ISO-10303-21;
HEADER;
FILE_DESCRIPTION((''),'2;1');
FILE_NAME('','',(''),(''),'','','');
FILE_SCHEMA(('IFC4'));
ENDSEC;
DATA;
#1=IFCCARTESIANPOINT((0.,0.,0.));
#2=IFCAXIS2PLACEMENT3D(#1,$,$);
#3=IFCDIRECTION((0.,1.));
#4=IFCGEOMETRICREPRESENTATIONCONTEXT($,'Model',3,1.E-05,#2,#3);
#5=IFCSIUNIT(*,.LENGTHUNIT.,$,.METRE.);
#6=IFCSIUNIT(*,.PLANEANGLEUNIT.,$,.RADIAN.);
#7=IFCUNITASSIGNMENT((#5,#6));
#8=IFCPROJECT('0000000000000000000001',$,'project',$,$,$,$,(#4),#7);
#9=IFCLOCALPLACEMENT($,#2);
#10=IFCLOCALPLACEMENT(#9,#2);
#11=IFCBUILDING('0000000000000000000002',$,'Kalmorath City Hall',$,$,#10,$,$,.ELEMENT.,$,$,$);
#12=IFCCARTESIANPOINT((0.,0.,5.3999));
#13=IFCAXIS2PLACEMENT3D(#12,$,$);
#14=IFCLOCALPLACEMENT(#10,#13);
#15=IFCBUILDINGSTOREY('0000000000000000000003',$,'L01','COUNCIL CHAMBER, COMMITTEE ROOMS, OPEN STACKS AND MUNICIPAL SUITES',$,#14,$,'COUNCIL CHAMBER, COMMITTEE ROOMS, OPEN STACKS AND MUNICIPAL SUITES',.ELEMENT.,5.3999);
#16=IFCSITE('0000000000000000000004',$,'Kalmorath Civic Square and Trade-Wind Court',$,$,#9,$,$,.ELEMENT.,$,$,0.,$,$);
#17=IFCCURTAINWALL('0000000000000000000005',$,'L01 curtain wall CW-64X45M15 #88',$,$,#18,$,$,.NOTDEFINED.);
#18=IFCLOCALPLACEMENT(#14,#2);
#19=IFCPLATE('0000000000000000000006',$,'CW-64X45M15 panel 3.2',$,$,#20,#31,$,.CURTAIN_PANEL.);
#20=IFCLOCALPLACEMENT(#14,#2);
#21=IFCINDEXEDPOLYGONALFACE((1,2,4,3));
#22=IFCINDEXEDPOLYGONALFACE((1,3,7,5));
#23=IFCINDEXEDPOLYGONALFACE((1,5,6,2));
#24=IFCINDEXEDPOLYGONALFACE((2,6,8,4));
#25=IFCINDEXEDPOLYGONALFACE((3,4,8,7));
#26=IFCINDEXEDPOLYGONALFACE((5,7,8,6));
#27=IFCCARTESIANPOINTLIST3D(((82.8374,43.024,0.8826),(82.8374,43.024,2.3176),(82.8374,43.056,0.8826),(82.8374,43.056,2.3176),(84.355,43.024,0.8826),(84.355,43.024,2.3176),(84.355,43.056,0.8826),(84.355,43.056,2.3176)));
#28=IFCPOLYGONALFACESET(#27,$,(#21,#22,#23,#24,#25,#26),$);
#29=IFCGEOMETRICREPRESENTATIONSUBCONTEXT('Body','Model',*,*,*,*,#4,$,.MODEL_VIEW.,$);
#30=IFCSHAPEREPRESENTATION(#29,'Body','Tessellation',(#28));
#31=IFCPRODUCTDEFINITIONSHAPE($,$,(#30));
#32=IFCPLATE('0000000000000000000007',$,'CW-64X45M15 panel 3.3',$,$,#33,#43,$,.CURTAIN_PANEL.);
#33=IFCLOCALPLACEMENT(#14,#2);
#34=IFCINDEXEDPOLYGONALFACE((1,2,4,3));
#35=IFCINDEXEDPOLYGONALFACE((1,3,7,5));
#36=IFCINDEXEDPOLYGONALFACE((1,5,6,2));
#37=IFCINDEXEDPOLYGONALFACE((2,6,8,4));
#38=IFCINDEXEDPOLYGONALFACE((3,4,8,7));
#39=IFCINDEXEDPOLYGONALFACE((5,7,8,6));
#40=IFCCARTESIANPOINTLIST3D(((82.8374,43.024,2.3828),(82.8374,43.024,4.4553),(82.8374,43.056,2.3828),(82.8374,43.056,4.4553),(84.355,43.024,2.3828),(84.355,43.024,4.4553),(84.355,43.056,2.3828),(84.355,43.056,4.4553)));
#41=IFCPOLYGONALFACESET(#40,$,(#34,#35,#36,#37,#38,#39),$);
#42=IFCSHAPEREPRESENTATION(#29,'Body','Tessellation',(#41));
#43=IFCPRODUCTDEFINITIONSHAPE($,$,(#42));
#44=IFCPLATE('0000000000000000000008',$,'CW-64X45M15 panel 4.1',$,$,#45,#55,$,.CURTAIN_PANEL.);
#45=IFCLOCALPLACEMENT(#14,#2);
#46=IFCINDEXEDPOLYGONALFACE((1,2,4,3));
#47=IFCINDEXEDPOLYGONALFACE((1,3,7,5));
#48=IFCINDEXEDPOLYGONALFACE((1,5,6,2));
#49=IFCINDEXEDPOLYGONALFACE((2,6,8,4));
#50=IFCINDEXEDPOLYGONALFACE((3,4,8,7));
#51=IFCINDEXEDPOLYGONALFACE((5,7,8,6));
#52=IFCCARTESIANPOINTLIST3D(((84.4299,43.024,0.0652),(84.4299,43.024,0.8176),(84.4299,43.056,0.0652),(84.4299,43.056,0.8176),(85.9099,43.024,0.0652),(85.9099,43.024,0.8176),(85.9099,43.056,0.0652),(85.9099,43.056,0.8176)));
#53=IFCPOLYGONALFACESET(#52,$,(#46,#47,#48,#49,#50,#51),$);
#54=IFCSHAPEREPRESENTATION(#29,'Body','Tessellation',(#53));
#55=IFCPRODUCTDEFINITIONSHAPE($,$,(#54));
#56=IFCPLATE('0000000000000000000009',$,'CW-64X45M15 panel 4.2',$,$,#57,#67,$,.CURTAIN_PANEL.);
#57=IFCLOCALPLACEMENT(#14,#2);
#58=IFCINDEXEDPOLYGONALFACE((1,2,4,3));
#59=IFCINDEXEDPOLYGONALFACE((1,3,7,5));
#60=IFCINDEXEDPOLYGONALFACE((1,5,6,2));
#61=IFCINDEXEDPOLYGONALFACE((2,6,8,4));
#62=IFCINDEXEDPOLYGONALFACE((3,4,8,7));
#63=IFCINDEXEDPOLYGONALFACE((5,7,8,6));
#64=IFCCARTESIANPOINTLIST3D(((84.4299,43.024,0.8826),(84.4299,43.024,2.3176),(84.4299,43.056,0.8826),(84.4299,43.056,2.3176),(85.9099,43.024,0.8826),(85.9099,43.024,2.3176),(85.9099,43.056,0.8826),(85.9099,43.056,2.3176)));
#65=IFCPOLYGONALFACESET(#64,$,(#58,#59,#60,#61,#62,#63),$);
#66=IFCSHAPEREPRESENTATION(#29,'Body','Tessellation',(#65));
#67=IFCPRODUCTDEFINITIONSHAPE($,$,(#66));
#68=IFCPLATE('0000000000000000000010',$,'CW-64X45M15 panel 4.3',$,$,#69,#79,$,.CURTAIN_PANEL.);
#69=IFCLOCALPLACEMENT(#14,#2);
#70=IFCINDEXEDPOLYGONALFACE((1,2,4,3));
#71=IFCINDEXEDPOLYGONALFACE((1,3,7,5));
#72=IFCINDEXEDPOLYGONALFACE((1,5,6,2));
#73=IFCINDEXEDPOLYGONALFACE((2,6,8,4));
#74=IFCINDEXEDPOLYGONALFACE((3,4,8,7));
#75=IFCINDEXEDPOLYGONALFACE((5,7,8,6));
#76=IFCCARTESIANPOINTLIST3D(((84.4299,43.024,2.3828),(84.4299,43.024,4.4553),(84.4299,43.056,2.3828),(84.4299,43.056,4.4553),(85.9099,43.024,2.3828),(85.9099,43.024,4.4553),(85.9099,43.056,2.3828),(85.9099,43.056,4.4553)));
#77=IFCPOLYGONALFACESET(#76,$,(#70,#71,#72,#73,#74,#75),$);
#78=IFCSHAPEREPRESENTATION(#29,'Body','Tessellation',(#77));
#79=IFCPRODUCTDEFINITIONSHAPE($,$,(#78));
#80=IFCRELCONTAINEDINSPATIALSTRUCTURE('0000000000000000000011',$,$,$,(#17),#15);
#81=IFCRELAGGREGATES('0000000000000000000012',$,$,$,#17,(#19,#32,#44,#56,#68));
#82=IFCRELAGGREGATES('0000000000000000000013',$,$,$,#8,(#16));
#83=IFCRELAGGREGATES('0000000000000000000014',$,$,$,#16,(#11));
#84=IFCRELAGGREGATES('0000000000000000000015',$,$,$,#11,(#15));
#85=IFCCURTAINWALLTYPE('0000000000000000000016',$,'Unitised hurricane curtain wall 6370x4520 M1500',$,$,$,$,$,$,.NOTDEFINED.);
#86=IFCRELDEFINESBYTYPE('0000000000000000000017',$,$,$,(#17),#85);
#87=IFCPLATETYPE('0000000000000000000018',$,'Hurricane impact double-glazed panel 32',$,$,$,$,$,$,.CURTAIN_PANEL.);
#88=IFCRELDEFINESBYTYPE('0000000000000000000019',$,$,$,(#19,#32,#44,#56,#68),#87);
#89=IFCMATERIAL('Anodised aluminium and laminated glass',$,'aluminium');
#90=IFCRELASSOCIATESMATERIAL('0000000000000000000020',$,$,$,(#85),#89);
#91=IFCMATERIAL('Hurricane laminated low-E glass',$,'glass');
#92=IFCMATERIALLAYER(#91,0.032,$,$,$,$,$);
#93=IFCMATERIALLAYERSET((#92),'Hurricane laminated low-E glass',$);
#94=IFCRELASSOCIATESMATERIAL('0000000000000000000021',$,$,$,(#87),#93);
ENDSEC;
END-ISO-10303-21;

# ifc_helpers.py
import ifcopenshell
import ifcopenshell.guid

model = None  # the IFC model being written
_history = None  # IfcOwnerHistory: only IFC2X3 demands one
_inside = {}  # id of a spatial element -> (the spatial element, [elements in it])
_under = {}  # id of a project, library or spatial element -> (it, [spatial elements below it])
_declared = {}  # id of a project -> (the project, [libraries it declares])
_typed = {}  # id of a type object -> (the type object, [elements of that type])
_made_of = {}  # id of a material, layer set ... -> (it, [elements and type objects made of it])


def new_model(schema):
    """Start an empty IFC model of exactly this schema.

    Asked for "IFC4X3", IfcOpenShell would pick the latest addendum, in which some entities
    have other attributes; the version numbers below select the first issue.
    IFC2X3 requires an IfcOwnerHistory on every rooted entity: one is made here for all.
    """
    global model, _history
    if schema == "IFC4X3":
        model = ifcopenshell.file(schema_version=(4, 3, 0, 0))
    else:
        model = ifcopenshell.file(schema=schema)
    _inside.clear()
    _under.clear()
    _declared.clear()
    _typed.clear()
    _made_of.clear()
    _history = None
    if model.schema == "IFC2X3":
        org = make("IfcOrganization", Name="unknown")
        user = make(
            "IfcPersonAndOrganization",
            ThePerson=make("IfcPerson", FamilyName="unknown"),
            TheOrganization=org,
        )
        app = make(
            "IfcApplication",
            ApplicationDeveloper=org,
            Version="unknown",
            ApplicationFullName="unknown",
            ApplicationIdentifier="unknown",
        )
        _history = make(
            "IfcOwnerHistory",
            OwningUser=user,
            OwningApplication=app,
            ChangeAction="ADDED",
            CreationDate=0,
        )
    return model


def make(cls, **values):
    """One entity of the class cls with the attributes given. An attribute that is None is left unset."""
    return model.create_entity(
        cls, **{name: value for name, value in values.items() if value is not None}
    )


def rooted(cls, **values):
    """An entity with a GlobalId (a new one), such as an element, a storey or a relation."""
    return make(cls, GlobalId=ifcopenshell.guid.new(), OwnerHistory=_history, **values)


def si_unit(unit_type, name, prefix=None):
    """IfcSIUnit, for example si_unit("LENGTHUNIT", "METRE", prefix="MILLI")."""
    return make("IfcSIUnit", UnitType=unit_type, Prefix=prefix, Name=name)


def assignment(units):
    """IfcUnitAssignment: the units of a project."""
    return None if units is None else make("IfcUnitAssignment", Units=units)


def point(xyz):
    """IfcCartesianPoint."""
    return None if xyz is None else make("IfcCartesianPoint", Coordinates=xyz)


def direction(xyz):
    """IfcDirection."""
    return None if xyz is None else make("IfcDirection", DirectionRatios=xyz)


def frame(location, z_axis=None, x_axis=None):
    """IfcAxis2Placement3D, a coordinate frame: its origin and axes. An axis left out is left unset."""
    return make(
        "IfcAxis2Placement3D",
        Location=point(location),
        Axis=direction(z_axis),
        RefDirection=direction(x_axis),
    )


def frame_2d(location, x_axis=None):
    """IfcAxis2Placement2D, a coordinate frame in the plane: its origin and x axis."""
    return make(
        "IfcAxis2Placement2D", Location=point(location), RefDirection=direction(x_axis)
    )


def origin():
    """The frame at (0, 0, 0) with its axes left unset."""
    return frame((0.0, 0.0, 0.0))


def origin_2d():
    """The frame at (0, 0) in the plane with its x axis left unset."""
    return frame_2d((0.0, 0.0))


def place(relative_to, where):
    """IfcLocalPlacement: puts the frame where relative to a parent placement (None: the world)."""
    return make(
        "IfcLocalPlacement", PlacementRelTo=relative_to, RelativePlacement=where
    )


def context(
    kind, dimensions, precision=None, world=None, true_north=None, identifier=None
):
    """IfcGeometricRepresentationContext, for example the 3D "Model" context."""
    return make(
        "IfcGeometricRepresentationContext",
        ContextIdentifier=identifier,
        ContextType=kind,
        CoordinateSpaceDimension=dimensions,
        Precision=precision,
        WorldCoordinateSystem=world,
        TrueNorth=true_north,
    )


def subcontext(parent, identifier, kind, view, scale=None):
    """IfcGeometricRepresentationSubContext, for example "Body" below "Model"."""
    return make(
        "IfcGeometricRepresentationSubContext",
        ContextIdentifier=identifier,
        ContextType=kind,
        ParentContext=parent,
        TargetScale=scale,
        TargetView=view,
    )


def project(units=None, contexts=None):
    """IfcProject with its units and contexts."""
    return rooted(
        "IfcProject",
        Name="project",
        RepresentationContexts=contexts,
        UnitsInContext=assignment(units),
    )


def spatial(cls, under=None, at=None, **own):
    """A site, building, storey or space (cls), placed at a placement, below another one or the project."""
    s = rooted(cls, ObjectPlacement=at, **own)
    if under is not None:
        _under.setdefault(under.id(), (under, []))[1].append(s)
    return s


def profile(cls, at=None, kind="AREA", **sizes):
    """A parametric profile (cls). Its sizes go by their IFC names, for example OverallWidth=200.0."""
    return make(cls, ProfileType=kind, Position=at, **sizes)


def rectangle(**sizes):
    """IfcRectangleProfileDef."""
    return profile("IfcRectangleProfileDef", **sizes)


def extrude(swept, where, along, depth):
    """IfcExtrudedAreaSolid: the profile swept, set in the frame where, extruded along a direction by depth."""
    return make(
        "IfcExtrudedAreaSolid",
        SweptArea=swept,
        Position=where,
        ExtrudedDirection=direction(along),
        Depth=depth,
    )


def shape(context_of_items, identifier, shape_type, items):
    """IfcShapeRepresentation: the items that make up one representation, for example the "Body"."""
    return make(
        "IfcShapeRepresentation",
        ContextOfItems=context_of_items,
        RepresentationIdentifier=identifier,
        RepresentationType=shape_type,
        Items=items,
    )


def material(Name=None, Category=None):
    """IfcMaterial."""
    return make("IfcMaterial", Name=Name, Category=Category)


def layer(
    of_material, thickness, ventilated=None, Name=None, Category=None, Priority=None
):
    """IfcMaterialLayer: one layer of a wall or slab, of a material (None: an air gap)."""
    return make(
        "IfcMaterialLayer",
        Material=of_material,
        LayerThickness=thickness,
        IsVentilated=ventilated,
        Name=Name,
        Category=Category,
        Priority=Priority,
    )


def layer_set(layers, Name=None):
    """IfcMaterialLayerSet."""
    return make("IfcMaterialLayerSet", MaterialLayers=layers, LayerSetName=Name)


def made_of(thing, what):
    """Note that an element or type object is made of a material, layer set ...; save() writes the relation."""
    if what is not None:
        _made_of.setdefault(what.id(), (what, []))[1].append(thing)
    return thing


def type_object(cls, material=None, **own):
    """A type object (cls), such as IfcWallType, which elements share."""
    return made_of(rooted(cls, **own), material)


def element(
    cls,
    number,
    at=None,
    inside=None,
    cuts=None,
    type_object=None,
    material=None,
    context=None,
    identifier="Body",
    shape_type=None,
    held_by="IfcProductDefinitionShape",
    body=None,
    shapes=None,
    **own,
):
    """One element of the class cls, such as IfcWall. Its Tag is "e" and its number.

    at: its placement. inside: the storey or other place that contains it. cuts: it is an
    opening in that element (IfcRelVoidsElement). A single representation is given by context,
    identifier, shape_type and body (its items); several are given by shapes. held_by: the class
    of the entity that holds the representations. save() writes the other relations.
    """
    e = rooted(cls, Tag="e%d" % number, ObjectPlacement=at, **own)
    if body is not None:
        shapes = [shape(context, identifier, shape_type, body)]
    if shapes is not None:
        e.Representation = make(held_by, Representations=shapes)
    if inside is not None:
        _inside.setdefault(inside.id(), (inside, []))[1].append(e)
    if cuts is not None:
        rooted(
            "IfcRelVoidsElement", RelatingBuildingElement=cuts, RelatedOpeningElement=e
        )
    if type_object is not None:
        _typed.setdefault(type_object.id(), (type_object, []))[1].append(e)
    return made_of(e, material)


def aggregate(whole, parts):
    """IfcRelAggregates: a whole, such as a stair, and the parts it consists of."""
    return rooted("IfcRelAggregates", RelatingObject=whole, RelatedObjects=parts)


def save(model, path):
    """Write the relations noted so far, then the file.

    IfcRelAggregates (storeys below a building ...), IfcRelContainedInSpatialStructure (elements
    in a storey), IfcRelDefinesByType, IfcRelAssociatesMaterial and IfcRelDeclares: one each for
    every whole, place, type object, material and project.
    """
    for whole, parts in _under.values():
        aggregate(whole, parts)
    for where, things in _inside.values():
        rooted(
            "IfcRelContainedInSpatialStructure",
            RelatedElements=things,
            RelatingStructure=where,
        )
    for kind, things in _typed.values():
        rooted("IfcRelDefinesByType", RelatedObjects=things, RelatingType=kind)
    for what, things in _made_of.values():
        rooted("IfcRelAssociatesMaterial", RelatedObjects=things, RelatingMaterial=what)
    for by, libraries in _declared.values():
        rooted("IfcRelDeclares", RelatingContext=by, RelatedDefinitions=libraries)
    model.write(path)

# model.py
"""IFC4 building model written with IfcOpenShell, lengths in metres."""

from ifc_helpers import new_model, si_unit, direction, frame, origin, origin_2d, place, context, subcontext, project, spatial, rectangle, extrude, material, layer, layer_set, type_object, element, aggregate, save


model = new_model("IFC4")

# Units and contexts
model_context = context("Model", 3, precision=1e-05, world=origin(), true_north=direction((0.0, 1.0)))
body_context = subcontext(model_context, "Body", "Model", "MODEL_VIEW")
ifc_project = project(units=[si_unit("LENGTHUNIT", "METRE"), si_unit("PLANEANGLEUNIT", "RADIAN")], contexts=[model_context])

# Site, building, storey
site_placement = place(None, origin())
site = spatial("IfcSite", under=ifc_project, at=site_placement, Name="Kalmorath Civic Square and Trade-Wind Court", CompositionType="ELEMENT", RefElevation=0.0)
building_placement = place(site_placement, origin())
building = spatial("IfcBuilding", under=site, at=building_placement, Name="Kalmorath City Hall", CompositionType="ELEMENT")
storey_placement = place(building_placement, frame((0.0, 0.0, 5.3999)))
storey = spatial("IfcBuildingStorey", under=building, at=storey_placement, Name="L01", Description="COUNCIL CHAMBER, COMMITTEE ROOMS, OPEN STACKS AND MUNICIPAL SUITES", LongName="COUNCIL CHAMBER, COMMITTEE ROOMS, OPEN STACKS AND MUNICIPAL SUITES", CompositionType="ELEMENT", Elevation=5.3999)

# Curtain wall
ifc_material_1 = material(Name="Anodised aluminium and laminated glass", Category="aluminium")
curtain_wall_type_1 = type_object("IfcCurtainWallType", Name="Unitised hurricane curtain wall 6370x4520 M1500", PredefinedType="NOTDEFINED", material=ifc_material_1)
curtain_wall_1_placement = place(storey_placement, origin())
curtain_wall_1 = element("IfcCurtainWall", 1, at=curtain_wall_1_placement, inside=storey, type_object=curtain_wall_type_1, Name="L01 curtain wall CW-64X45M15 #88", PredefinedType="NOTDEFINED")

# Plates
ifc_material_2 = material(Name="Hurricane laminated low-E glass", Category="glass")
ifc_layer = layer(ifc_material_2, 0.032)
ifc_layer_set = layer_set([ifc_layer], Name="Hurricane laminated low-E glass")
plate_type = type_object("IfcPlateType", Name="Hurricane impact double-glazed panel 32", PredefinedType="CURTAIN_PANEL", material=ifc_layer_set)
plate_1_placement = place(storey_placement, frame((83.5962, 43.04, 0.8826), z_axis=(0.0, 0.0, 1.0), x_axis=(1.0, 0.0, 0.0)))
plate_1 = element("IfcPlate", 2, at=plate_1_placement, type_object=plate_type, Name="CW-64X45M15 panel 3.2", PredefinedType="CURTAIN_PANEL", context=body_context, shape_type="SweptSolid", body=[
    extrude(rectangle(XDim=1.5176, YDim=0.032, at=origin_2d()), origin(), (0.0, 0.0, 1.0), 1.4351),
])
plate_2_placement = place(storey_placement, frame((83.5962, 43.04, 2.3828), z_axis=(0.0, 0.0, 1.0), x_axis=(1.0, 0.0, 0.0)))
plate_2 = element("IfcPlate", 3, at=plate_2_placement, type_object=plate_type, Name="CW-64X45M15 panel 3.3", PredefinedType="CURTAIN_PANEL", context=body_context, shape_type="SweptSolid", body=[
    extrude(rectangle(XDim=1.5176, YDim=0.032, at=origin_2d()), origin(), (0.0, 0.0, 1.0), 2.0725),
])
plate_3_placement = place(storey_placement, frame((85.1699, 43.04, 0.0652), z_axis=(0.0, 0.0, 1.0), x_axis=(1.0, 0.0, 0.0)))
plate_3 = element("IfcPlate", 4, at=plate_3_placement, type_object=plate_type, Name="CW-64X45M15 panel 4.1", PredefinedType="CURTAIN_PANEL", context=body_context, shape_type="SweptSolid", body=[
    extrude(rectangle(XDim=1.48, YDim=0.032, at=origin_2d()), origin(), (0.0, 0.0, 1.0), 0.7524),
])
plate_4_placement = place(storey_placement, frame((85.1699, 43.04, 0.8826), z_axis=(0.0, 0.0, 1.0), x_axis=(1.0, 0.0, 0.0)))
plate_4 = element("IfcPlate", 5, at=plate_4_placement, type_object=plate_type, Name="CW-64X45M15 panel 4.2", PredefinedType="CURTAIN_PANEL", context=body_context, shape_type="SweptSolid", body=[
    extrude(rectangle(XDim=1.48, YDim=0.032, at=origin_2d()), origin(), (0.0, 0.0, 1.0), 1.4351),
])
plate_5_placement = place(storey_placement, frame((85.1699, 43.04, 2.3828), z_axis=(0.0, 0.0, 1.0), x_axis=(1.0, 0.0, 0.0)))
plate_5 = element("IfcPlate", 6, at=plate_5_placement, type_object=plate_type, Name="CW-64X45M15 panel 4.3", PredefinedType="CURTAIN_PANEL", context=body_context, shape_type="SweptSolid", body=[
    extrude(rectangle(XDim=1.48, YDim=0.032, at=origin_2d()), origin(), (0.0, 0.0, 1.0), 2.0725),
])
aggregate(curtain_wall_1, [plate_1, plate_2, plate_3, plate_4, plate_5])

save(model, "model.ifc")
